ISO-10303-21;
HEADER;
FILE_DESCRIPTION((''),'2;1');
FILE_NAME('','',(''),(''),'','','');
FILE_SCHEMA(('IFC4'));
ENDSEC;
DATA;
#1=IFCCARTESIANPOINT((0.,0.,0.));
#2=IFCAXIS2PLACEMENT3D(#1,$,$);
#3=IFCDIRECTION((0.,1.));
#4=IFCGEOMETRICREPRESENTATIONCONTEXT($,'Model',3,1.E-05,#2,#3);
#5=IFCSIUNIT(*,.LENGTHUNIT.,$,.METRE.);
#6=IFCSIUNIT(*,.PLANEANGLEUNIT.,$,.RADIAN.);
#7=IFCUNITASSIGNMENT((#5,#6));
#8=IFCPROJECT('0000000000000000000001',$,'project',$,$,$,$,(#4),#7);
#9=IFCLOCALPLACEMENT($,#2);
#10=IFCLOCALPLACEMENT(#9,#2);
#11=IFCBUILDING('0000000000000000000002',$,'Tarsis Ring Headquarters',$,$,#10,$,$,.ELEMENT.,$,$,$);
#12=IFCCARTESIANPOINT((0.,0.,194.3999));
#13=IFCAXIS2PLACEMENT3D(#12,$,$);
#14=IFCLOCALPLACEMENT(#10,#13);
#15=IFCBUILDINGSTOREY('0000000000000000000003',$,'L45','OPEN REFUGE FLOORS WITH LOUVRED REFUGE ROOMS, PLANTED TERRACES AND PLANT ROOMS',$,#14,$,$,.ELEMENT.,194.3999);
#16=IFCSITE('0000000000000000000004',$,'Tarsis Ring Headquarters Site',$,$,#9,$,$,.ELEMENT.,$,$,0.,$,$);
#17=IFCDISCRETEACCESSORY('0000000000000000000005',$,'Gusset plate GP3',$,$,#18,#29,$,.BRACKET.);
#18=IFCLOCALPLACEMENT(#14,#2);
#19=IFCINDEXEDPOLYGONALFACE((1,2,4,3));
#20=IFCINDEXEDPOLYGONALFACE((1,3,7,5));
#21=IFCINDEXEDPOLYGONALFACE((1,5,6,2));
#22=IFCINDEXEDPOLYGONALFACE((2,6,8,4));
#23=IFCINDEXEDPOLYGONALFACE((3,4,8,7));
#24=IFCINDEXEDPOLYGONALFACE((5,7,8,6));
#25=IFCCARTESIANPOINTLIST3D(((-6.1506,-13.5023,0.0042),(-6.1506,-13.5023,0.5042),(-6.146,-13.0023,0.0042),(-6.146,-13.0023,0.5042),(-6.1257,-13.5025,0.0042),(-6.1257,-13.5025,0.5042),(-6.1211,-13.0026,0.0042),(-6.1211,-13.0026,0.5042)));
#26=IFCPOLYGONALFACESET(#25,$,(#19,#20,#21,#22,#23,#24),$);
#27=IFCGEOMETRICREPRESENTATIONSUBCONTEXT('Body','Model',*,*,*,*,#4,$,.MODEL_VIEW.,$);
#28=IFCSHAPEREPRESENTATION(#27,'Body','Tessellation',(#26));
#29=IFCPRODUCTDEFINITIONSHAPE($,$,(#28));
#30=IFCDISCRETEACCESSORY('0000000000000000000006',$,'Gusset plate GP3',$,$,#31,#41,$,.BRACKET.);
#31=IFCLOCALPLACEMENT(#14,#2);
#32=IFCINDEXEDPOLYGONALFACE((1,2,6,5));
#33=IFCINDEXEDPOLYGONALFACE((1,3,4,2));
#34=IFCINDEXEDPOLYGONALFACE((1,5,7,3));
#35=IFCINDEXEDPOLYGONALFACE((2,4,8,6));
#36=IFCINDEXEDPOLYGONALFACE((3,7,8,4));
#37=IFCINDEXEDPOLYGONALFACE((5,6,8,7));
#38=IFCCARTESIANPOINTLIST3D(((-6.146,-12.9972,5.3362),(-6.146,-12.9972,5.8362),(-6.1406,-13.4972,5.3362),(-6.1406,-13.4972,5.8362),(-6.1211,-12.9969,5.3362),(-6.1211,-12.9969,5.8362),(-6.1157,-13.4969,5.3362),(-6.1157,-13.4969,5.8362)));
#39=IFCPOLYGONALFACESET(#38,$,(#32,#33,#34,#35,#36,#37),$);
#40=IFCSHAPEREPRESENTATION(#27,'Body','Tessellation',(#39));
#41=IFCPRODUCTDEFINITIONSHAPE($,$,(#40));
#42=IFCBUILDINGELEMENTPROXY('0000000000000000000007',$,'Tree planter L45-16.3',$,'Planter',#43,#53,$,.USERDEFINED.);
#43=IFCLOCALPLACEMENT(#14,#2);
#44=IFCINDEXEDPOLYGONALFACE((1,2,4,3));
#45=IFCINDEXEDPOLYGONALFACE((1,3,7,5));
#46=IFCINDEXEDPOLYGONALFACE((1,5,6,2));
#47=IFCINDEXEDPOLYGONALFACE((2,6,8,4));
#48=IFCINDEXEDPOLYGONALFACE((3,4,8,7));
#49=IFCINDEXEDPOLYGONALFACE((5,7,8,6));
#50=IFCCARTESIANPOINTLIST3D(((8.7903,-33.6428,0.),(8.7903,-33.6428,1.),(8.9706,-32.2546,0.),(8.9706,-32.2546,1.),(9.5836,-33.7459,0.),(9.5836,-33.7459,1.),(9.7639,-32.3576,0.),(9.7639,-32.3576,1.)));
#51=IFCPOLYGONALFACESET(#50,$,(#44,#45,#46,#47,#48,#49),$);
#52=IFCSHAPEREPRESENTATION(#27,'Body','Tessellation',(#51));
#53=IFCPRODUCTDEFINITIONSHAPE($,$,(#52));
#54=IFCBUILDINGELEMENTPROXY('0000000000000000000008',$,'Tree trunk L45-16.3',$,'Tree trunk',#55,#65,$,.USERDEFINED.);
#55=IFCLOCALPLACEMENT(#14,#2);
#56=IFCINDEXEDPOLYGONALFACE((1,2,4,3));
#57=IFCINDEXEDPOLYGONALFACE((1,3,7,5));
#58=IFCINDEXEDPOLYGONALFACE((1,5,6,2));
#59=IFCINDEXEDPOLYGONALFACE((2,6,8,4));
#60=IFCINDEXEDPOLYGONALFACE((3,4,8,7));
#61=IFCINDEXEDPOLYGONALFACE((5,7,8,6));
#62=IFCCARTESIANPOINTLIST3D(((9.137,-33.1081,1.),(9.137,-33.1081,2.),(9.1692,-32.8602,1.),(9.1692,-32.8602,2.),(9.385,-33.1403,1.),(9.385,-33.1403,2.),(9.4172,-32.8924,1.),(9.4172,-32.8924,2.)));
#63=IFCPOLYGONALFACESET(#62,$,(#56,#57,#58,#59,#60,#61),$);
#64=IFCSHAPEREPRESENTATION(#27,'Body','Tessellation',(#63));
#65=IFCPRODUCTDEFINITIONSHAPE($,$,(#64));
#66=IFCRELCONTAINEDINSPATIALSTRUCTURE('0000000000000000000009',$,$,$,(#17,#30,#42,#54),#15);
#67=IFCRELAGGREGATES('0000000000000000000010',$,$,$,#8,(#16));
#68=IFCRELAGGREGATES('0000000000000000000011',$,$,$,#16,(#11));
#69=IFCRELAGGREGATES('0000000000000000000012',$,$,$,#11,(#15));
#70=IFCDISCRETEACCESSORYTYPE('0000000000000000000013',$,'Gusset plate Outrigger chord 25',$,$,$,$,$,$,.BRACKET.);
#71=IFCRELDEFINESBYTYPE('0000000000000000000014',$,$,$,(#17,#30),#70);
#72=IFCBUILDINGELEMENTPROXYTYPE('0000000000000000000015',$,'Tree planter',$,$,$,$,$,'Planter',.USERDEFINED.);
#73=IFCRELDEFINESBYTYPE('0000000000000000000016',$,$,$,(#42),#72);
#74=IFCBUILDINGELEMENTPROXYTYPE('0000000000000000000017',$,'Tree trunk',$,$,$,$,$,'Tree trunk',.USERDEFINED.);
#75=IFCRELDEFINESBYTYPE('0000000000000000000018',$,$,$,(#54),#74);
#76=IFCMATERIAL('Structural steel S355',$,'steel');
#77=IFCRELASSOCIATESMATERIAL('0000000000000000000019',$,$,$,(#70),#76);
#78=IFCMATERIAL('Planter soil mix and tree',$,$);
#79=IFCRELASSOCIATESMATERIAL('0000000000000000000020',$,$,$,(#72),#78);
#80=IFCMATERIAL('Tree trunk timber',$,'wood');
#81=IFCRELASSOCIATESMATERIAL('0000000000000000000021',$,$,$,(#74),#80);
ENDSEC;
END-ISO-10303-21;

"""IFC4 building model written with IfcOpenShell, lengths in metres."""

from ifc_helpers import new_model, si_unit, direction, frame, origin, origin_2d, place, context, subcontext, project, spatial, rectangle, extrude, material, material_profile, profile_set, type_object, element, save


model = new_model("IFC4")

# Units and contexts
model_context = context("Model", 3, precision=1e-05, world=origin(), true_north=direction((0.0, 1.0)))
body_context = subcontext(model_context, "Body", "Model", "MODEL_VIEW")
ifc_project = project(units=[si_unit("LENGTHUNIT", "METRE"), si_unit("PLANEANGLEUNIT", "RADIAN")], contexts=[model_context])

# Site, building, storey
site_placement = place(None, origin())
site = spatial("IfcSite", under=ifc_project, at=site_placement, Name="Tarsis Ring Headquarters Site", CompositionType="ELEMENT", RefElevation=0.0)
building_placement = place(site_placement, origin())
building = spatial("IfcBuilding", under=site, at=building_placement, Name="Tarsis Ring Headquarters", CompositionType="ELEMENT")
storey_placement = place(building_placement, frame((0.0, 0.0, 194.3999)))
storey = spatial("IfcBuildingStorey", under=building, at=storey_placement, Name="L45", Description="OPEN REFUGE FLOORS WITH LOUVRED REFUGE ROOMS, PLANTED TERRACES AND PLANT ROOMS", CompositionType="ELEMENT", Elevation=194.3999)

# Shared definitions
ifc_material_1 = material(Name="Structural steel S355", Category="steel")

# Discrete accessories
ifc_material_profile_1 = material_profile(ifc_material_1, rectangle(XDim=0.0249, YDim=0.5, at=origin_2d()), Name="PL 25x500")
ifc_profile_set_1 = profile_set([ifc_material_profile_1], Name="Structural steel S355")
discrete_accessory_type_1 = type_object("IfcDiscreteAccessoryType", Name="Gusset plate Outrigger chord 25", PredefinedType="BRACKET", material=ifc_profile_set_1)
for number, where, z_axis, x_axis, name in (
    (1, (-6.1335, -13.0024, 0.2542), (-0.009277, -0.999957, 0.0), (0.999957, -0.009277, 0.0), "Gusset plate GP3"),
    (2, (-6.1335, -12.9971, 5.5862), (0.010742, -0.999942, 0.0), (0.999942, 0.010742, 0.0), "Gusset plate GP3"),
):
    element("IfcDiscreteAccessory", number, at=place(storey_placement, frame(where, z_axis=z_axis, x_axis=x_axis)), inside=storey, type_object=discrete_accessory_type_1, Name=name, PredefinedType="BRACKET", context=body_context, shape_type="SweptSolid", body=[
        extrude(rectangle(XDim=0.0249, YDim=0.5, at=origin_2d()), origin(), (0.0, 0.0, 1.0), 0.5),
    ])

# Building element proxies
ifc_material_2 = material(Name="Planter soil mix and tree")
building_element_proxy_type_1 = type_object("IfcBuildingElementProxyType", Name="Tree planter", ElementType="Planter", PredefinedType="USERDEFINED", material=ifc_material_2)
proxy_1_placement = place(storey_placement, frame((9.2771, -33.0002, 0.0), z_axis=(0.0, 0.0, 1.0), x_axis=(0.128796, 0.991671, 0.0)))
element("IfcBuildingElementProxy", 3, at=proxy_1_placement, inside=storey, type_object=building_element_proxy_type_1, Name="Tree planter L45-16.3", ObjectType="Planter", PredefinedType="USERDEFINED", context=body_context, shape_type="SweptSolid", body=[
    extrude(rectangle(XDim=1.3999, YDim=0.8, at=origin_2d()), origin(), (0.0, 0.0, 1.0), 1.0),
])
ifc_material_3 = material(Name="Tree trunk timber", Category="wood")
building_element_proxy_type_2 = type_object("IfcBuildingElementProxyType", Name="Tree trunk", ElementType="Tree trunk", PredefinedType="USERDEFINED", material=ifc_material_3)
proxy_2_placement = place(storey_placement, frame((9.2771, -33.0002, 1.0), z_axis=(0.0, 0.0, 1.0), x_axis=(0.128796, 0.991671, 0.0)))
element("IfcBuildingElementProxy", 4, at=proxy_2_placement, inside=storey, type_object=building_element_proxy_type_2, Name="Tree trunk L45-16.3", ObjectType="Tree trunk", PredefinedType="USERDEFINED", context=body_context, shape_type="SweptSolid", body=[
    extrude(rectangle(XDim=0.25, YDim=0.25, at=origin_2d()), origin(), (0.0, 0.0, 1.0), 1.0),
])

save(model, "model.ifc")
